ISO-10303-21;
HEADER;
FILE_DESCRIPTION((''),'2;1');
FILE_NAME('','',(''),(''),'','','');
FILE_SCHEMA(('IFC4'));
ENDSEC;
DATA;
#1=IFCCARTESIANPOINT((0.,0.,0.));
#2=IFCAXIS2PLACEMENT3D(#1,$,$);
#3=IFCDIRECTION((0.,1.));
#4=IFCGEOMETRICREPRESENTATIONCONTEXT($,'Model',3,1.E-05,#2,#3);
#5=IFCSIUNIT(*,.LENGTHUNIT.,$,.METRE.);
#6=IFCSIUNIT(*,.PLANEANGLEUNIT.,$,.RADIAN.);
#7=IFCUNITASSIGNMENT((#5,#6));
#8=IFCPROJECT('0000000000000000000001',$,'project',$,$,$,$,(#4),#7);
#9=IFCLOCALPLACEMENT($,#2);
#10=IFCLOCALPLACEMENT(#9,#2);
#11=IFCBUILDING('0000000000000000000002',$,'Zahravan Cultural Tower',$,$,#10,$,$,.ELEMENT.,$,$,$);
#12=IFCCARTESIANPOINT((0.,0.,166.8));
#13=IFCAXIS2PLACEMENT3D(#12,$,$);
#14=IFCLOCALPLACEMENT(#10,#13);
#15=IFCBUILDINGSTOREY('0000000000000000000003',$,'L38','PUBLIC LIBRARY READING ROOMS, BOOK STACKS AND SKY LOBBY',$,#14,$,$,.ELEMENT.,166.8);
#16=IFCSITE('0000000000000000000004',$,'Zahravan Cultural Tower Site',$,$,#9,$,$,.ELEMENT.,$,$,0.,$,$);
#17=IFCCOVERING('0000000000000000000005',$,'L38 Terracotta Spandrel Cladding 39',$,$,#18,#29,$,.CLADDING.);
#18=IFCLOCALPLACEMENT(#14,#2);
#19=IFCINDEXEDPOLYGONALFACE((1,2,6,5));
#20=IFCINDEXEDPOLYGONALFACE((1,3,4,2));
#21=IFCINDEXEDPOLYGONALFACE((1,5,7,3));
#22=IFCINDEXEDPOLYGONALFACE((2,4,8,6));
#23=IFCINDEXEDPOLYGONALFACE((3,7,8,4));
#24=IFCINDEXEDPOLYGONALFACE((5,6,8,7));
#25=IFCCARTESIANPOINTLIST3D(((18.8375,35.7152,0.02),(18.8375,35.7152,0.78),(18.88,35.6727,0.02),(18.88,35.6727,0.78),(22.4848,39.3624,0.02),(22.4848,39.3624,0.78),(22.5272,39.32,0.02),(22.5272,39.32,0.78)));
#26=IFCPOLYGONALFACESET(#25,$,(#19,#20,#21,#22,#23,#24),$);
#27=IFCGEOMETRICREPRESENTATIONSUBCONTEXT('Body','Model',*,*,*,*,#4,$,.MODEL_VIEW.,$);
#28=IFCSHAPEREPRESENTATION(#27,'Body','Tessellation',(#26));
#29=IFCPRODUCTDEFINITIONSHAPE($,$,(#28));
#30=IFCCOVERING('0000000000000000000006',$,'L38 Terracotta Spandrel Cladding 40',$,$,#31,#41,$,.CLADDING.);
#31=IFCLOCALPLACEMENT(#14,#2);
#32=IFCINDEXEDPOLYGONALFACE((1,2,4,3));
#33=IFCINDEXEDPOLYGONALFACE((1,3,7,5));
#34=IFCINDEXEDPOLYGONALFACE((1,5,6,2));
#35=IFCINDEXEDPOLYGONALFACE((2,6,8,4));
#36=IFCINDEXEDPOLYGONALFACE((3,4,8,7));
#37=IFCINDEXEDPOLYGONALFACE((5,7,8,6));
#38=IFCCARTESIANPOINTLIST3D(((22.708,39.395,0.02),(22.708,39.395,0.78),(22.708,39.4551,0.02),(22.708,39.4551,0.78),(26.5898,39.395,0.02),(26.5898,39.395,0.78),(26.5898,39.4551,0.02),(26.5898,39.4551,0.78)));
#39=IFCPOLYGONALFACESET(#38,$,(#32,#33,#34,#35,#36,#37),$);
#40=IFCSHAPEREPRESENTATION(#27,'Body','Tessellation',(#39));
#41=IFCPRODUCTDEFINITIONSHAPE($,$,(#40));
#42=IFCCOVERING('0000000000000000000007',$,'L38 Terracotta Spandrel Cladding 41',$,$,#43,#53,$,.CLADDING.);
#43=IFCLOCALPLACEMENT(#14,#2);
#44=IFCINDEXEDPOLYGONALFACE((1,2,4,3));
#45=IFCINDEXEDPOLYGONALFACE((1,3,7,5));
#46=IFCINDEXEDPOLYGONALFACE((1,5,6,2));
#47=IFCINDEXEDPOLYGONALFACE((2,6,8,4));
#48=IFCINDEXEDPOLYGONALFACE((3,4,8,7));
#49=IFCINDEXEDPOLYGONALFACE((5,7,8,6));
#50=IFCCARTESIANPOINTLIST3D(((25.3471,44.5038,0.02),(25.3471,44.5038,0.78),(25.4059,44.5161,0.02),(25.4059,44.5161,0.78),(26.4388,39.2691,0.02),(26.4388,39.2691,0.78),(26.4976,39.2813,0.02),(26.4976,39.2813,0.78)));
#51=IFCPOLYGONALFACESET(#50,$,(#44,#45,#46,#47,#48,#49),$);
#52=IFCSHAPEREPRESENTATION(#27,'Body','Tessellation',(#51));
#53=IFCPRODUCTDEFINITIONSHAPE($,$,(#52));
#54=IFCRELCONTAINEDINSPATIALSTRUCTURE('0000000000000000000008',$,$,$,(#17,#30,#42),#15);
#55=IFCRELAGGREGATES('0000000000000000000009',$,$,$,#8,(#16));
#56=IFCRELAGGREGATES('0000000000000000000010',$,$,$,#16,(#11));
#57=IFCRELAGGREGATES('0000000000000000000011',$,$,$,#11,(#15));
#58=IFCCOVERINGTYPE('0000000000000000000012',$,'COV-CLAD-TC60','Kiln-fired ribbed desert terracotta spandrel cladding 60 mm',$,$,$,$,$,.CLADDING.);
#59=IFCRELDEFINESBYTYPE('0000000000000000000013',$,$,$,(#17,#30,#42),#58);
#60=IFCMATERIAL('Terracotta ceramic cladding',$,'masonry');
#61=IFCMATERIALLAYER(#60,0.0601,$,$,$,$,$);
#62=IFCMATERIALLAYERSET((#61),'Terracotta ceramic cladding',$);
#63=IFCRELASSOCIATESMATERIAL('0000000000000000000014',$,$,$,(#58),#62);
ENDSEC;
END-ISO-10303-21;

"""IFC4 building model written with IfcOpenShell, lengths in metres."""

from ifc_helpers import new_model, si_unit, direction, frame, origin, origin_2d, place, context, subcontext, project, spatial, rectangle, extrude, source, transform, mapped, material, layer, layer_set, type_object, element, save


model = new_model("IFC4")

# Units and contexts
model_context = context("Model", 3, precision=1e-05, world=origin(), true_north=direction((0.0, 1.0)))
body_context = subcontext(model_context, "Body", "Model", "MODEL_VIEW")
ifc_project = project(units=[si_unit("LENGTHUNIT", "METRE"), si_unit("PLANEANGLEUNIT", "RADIAN")], contexts=[model_context])

# Site, building, storey
site_placement = place(None, origin())
site = spatial("IfcSite", under=ifc_project, at=site_placement, Name="Zahravan Cultural Tower Site", CompositionType="ELEMENT", RefElevation=0.0)
building_placement = place(site_placement, origin())
building = spatial("IfcBuilding", under=site, at=building_placement, Name="Zahravan Cultural Tower", CompositionType="ELEMENT")
storey_placement = place(building_placement, frame((0.0, 0.0, 166.8)))
storey = spatial("IfcBuildingStorey", under=building, at=storey_placement, Name="L38", Description="PUBLIC LIBRARY READING ROOMS, BOOK STACKS AND SKY LOBBY", CompositionType="ELEMENT", Elevation=166.8)

# Coverings
ifc_material_1 = material(Name="Terracotta ceramic cladding", Category="masonry")
ifc_layer_1 = layer(ifc_material_1, 0.0601)
ifc_layer_set_1 = layer_set([ifc_layer_1], Name="Terracotta ceramic cladding")
covering_type = type_object("IfcCoveringType", Name="COV-CLAD-TC60", Description="Kiln-fired ribbed desert terracotta spandrel cladding 60 mm", PredefinedType="CLADDING", material=ifc_layer_set_1)
shared_shape_1 = source(origin(), body_context, "Body", "SweptSolid", [
    extrude(rectangle(XDim=5.158, YDim=0.0601, at=origin_2d()), origin(), (0.0, 0.0, 1.0), 0.76),
])
covering_1_placement = place(storey_placement, frame((20.6824, 37.5176, 0.02), z_axis=(0.0, 0.0, 1.0), x_axis=(0.707107, 0.707107, 0.0)))
element("IfcCovering", 1, at=covering_1_placement, inside=storey, type_object=covering_type, Name="L38 Terracotta Spandrel Cladding 39", PredefinedType="CLADDING", context=body_context, shape_type="MappedRepresentation", body=[
    mapped(shared_shape_1, transform((0.0, 0.0, 0.0), x_axis=(1.0, 0.0, 0.0), y_axis=(0.0, 1.0, 0.0), z_axis=(0.0, 0.0, 1.0), scale=1.0)),
])
shared_shape_2 = source(origin(), body_context, "Body", "SweptSolid", [
    extrude(rectangle(XDim=3.8818, YDim=0.0601, at=origin_2d()), origin(), (0.0, 0.0, 1.0), 0.76),
])
covering_2_placement = place(storey_placement, frame((24.6489, 39.425, 0.02), z_axis=(0.0, 0.0, 1.0), x_axis=(1.0, 0.0, 0.0)))
element("IfcCovering", 2, at=covering_2_placement, inside=storey, type_object=covering_type, Name="L38 Terracotta Spandrel Cladding 40", PredefinedType="CLADDING", context=body_context, shape_type="MappedRepresentation", body=[
    mapped(shared_shape_2, transform((0.0, 0.0, 0.0), x_axis=(1.0, 0.0, 0.0), y_axis=(0.0, 1.0, 0.0), z_axis=(0.0, 0.0, 1.0), scale=1.0)),
])
shared_shape_3 = source(origin(), body_context, "Body", "SweptSolid", [
    extrude(rectangle(XDim=5.3474, YDim=0.0601, at=origin_2d()), origin(), (0.0, 0.0, 1.0), 0.76),
])
covering_3_placement = place(storey_placement, frame((25.9224, 41.8926, 0.02), z_axis=(0.0, 0.0, 1.0), x_axis=(-0.204154, 0.978939, 0.0)))
element("IfcCovering", 3, at=covering_3_placement, inside=storey, type_object=covering_type, Name="L38 Terracotta Spandrel Cladding 41", PredefinedType="CLADDING", context=body_context, shape_type="MappedRepresentation", body=[
    mapped(shared_shape_3, transform((0.0, 0.0, 0.0), x_axis=(1.0, 0.0, 0.0), y_axis=(0.0, 1.0, 0.0), z_axis=(0.0, 0.0, 1.0), scale=1.0)),
])

save(model, "model.ifc")
